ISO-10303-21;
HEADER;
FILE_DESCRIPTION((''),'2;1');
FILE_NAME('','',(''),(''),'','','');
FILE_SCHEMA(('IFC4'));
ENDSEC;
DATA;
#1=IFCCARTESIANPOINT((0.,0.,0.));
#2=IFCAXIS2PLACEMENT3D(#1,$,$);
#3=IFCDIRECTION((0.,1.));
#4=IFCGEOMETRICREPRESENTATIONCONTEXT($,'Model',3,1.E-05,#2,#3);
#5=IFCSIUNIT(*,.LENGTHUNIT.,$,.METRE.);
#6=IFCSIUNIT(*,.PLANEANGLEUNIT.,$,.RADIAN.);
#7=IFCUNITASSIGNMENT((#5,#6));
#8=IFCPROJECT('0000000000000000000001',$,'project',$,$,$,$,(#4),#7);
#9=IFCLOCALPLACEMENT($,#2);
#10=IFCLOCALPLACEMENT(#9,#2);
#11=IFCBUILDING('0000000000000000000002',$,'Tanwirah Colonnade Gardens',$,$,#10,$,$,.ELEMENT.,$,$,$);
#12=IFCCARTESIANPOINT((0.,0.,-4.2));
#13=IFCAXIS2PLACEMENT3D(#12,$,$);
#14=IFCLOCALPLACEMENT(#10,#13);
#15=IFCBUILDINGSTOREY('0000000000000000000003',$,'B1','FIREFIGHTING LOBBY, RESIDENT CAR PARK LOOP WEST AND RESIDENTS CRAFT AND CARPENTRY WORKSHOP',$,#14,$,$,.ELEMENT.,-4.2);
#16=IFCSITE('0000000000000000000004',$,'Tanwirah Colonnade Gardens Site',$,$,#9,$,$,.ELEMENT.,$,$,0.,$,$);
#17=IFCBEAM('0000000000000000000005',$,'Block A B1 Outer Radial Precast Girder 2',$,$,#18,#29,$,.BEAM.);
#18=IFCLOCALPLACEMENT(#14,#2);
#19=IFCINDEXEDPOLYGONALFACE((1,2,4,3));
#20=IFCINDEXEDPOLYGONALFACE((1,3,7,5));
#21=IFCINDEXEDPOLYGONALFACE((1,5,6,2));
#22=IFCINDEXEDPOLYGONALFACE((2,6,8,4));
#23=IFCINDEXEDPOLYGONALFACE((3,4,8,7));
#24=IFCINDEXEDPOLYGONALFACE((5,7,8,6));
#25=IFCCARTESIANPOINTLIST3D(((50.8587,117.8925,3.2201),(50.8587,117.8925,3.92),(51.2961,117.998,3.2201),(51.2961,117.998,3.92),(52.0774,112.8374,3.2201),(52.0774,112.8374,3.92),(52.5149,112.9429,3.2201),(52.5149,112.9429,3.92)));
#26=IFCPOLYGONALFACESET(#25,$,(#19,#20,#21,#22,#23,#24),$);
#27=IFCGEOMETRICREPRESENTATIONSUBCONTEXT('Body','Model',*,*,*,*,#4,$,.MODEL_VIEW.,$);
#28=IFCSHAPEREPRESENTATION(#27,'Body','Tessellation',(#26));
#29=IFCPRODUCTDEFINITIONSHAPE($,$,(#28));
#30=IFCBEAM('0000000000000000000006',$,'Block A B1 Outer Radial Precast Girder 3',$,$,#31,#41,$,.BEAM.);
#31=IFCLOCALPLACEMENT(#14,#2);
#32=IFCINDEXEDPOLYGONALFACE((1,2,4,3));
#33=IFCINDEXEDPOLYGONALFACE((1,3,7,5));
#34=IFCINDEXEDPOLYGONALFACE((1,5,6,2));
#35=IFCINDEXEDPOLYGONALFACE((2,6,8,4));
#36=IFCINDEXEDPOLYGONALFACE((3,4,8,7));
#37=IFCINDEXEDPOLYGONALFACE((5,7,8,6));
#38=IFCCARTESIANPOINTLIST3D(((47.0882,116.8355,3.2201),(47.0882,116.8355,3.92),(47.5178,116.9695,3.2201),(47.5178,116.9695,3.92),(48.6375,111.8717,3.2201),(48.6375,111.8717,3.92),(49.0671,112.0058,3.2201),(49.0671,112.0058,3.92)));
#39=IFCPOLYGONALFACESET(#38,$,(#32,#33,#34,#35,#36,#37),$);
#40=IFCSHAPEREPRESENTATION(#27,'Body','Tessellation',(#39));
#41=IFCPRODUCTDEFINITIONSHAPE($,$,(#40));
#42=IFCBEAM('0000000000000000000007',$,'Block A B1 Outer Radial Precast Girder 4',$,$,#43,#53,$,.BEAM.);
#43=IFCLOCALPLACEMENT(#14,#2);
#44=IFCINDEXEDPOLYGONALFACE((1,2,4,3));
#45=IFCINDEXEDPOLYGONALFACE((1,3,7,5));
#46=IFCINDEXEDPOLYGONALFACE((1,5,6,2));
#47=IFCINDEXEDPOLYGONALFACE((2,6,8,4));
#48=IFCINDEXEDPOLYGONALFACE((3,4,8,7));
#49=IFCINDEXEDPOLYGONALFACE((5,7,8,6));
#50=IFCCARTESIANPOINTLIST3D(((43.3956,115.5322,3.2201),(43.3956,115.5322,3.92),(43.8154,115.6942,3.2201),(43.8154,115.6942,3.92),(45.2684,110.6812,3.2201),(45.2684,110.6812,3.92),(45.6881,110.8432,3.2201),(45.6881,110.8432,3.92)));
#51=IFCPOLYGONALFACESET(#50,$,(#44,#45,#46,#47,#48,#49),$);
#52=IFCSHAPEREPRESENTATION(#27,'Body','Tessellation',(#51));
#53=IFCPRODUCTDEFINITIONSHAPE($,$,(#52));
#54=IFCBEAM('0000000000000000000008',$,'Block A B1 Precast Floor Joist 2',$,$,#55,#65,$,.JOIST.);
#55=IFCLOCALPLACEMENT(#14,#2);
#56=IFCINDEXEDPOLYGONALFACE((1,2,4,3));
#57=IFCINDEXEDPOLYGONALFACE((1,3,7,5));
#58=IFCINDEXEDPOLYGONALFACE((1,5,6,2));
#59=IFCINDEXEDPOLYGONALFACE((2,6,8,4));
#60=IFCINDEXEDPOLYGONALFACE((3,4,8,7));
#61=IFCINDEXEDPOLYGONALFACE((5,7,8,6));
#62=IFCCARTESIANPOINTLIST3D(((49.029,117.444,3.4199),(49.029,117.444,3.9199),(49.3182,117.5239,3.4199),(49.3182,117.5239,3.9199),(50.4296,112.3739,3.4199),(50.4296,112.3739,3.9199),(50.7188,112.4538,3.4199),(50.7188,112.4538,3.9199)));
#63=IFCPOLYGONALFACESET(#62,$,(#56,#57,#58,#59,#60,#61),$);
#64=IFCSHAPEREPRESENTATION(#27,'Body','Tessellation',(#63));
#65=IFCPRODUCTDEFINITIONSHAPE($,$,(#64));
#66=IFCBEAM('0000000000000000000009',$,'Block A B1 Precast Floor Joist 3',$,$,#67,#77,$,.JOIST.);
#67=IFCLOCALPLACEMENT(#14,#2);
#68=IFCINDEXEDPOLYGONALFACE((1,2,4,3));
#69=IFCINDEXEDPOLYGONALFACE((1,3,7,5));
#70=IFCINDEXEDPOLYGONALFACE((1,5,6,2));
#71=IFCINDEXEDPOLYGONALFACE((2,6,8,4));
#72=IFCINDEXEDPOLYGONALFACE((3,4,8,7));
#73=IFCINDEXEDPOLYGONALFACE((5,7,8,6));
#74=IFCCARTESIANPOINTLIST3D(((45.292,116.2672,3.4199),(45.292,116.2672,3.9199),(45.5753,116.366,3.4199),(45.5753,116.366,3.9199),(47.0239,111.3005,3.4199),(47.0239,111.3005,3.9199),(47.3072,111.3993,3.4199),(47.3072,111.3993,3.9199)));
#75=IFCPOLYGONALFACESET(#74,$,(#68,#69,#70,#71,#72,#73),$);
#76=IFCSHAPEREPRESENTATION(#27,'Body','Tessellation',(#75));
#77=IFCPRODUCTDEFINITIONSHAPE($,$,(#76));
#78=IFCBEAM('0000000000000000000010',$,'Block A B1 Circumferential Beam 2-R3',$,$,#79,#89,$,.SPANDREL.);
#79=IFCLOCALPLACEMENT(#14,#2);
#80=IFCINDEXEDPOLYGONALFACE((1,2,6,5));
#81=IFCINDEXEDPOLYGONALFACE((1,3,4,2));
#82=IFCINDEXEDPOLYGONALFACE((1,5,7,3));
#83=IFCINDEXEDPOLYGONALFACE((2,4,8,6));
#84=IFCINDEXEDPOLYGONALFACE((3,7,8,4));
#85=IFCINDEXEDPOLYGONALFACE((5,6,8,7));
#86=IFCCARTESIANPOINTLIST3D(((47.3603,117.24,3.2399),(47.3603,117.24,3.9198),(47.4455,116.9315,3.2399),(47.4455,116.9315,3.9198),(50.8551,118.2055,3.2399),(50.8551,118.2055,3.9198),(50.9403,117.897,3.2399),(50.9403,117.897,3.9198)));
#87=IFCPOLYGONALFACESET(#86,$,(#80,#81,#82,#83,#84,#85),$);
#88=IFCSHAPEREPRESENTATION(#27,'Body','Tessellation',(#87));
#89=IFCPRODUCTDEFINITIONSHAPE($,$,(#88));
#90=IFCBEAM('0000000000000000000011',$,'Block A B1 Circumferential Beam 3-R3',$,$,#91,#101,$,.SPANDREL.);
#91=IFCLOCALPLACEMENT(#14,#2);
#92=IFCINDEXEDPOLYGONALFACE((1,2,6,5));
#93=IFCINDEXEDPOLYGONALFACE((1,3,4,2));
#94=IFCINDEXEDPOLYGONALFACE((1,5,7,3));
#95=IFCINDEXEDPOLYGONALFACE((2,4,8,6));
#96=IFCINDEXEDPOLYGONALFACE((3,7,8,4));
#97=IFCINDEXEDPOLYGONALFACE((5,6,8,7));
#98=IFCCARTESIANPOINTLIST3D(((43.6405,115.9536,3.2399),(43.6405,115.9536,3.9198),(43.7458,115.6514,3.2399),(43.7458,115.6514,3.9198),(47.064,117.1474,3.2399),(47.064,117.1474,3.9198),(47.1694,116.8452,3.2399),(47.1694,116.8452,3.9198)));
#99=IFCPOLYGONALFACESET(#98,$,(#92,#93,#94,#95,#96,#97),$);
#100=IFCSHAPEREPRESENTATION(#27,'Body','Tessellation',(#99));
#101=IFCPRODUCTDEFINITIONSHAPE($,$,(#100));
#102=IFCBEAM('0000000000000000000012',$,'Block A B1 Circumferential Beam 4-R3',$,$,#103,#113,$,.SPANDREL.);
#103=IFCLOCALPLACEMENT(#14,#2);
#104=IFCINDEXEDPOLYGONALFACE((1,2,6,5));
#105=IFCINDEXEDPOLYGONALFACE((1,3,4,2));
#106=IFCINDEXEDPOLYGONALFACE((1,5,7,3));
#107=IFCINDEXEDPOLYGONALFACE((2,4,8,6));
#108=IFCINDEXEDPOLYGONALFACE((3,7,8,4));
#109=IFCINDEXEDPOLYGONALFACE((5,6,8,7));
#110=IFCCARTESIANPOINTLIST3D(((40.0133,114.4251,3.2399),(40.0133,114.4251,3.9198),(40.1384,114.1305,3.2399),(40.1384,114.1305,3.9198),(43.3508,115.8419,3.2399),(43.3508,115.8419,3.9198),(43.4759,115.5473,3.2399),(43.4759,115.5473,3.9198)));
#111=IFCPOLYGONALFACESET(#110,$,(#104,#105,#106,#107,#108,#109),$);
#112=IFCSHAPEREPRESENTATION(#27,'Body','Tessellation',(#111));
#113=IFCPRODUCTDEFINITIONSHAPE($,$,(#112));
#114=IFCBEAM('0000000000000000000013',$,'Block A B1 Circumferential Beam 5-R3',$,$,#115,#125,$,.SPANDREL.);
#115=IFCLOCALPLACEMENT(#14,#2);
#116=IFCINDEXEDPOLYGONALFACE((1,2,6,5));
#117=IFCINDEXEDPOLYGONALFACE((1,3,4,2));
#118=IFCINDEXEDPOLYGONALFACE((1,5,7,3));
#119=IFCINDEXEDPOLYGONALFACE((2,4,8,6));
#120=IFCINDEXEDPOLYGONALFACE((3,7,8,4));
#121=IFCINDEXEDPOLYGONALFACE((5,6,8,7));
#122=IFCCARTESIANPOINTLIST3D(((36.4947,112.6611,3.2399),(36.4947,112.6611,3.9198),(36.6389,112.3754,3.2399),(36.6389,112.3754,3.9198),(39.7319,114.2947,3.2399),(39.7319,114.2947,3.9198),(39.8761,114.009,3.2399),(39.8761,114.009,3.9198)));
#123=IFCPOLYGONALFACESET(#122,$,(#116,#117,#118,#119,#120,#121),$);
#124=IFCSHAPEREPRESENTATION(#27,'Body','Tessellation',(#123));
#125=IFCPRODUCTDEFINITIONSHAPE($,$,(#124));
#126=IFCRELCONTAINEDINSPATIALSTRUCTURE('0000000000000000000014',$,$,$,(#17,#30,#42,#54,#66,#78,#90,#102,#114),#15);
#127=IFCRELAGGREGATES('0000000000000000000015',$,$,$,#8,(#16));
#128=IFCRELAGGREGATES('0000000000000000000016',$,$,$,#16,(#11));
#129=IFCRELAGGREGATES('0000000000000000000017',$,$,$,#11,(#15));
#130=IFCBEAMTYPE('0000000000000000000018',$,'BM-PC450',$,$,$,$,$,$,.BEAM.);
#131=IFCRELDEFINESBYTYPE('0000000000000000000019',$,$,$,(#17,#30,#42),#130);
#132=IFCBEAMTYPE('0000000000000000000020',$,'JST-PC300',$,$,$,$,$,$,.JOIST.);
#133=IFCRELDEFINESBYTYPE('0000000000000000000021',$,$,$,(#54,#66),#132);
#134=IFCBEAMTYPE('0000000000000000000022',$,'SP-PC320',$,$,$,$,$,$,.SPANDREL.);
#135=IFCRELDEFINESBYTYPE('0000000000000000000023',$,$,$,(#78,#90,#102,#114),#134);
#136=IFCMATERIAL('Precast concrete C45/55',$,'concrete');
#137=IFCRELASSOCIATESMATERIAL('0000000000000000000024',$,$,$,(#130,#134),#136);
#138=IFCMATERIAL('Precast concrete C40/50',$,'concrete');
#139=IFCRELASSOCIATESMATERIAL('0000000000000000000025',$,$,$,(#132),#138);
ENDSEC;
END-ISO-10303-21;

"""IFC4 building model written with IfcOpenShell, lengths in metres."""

from ifc_helpers import new_model, si_unit, direction, frame, origin, origin_2d, place, context, subcontext, project, spatial, rectangle, extrude, material, material_profile, profile_set, type_object, element, save


model = new_model("IFC4")

# Units and contexts
model_context = context("Model", 3, precision=1e-05, world=origin(), true_north=direction((0.0, 1.0)))
body_context = subcontext(model_context, "Body", "Model", "MODEL_VIEW")
ifc_project = project(units=[si_unit("LENGTHUNIT", "METRE"), si_unit("PLANEANGLEUNIT", "RADIAN")], contexts=[model_context])

# Site, building, storey
site_placement = place(None, origin())
site = spatial("IfcSite", under=ifc_project, at=site_placement, Name="Tanwirah Colonnade Gardens Site", CompositionType="ELEMENT", RefElevation=0.0)
building_placement = place(site_placement, origin())
building = spatial("IfcBuilding", under=site, at=building_placement, Name="Tanwirah Colonnade Gardens", CompositionType="ELEMENT")
storey_placement = place(building_placement, frame((0.0, 0.0, -4.2)))
storey = spatial("IfcBuildingStorey", under=building, at=storey_placement, Name="B1", Description="FIREFIGHTING LOBBY, RESIDENT CAR PARK LOOP WEST AND RESIDENTS CRAFT AND CARPENTRY WORKSHOP", CompositionType="ELEMENT", Elevation=-4.2)

# Beams
ifc_material_1 = material(Name="Precast concrete C40/50", Category="concrete")
ifc_material_2 = material(Name="Precast concrete C45/55", Category="concrete")
ifc_material_profile_1 = material_profile(ifc_material_2, rectangle(XDim=0.45, YDim=0.7, at=origin_2d()), Name="PC-BM 450x700")
ifc_profile_set_1 = profile_set([ifc_material_profile_1], Name="Precast concrete C45/55")
beam_type_1 = type_object("IfcBeamType", Name="BM-PC450", PredefinedType="BEAM", material=ifc_profile_set_1)
for number, where, z_axis, x_axis, name in (
    (1, (52.2961, 112.8901, 3.5701), (-0.234374, 0.972146, 0.0), (-0.972146, -0.234374, 0.0), "Block A B1 Outer Radial Precast Girder 2"),
    (2, (48.8523, 111.9387, 3.5701), (-0.297943, 0.954584, 0.0), (-0.954584, -0.297943, 0.0), "Block A B1 Outer Radial Precast Girder 3"),
    (3, (45.4783, 110.7622, 3.5701), (-0.360152, 0.932894, 0.0), (-0.932894, -0.360152, 0.0), "Block A B1 Outer Radial Precast Girder 4"),
):
    element("IfcBeam", number, at=place(storey_placement, frame(where, z_axis=z_axis, x_axis=x_axis)), inside=storey, type_object=beam_type_1, Name=name, PredefinedType="BEAM", context=body_context, shape_type="SweptSolid", body=[
        extrude(rectangle(XDim=0.45, YDim=0.7, at=origin_2d()), origin(), (0.0, 0.0, 1.0), 5.2),
    ])
ifc_material_profile_2 = material_profile(ifc_material_1, rectangle(XDim=0.3, YDim=0.5, at=origin_2d()), Name="PC-JST 300x500")
ifc_profile_set_2 = profile_set([ifc_material_profile_2], Name="Precast concrete C40/50")
beam_type_2 = type_object("IfcBeamType", Name="JST-PC300", PredefinedType="JOIST", material=ifc_profile_set_2)
for number, where, z_axis, x_axis, name in (
    (4, (50.5742, 112.4138, 3.6699), (-0.266281, 0.963895, 0.0), (-0.963895, -0.266281, 0.0), "Block A B1 Precast Floor Joist 2"),
    (5, (47.1655, 111.3499, 3.6699), (-0.329259, 0.94424, 0.0), (-0.94424, -0.329259, 0.0), "Block A B1 Precast Floor Joist 3"),
):
    element("IfcBeam", number, at=place(storey_placement, frame(where, z_axis=z_axis, x_axis=x_axis)), inside=storey, type_object=beam_type_2, Name=name, PredefinedType="JOIST", context=body_context, shape_type="SweptSolid", body=[
        extrude(rectangle(XDim=0.3, YDim=0.5, at=origin_2d()), origin(), (0.0, 0.0, 1.0), 5.26),
    ])
ifc_material_profile_3 = material_profile(ifc_material_2, rectangle(XDim=0.3201, YDim=0.6799, at=origin_2d()), Name="PC-SP 320x680")
ifc_profile_set_3 = profile_set([ifc_material_profile_3], Name="Precast concrete C45/55")
beam_type_3 = type_object("IfcBeamType", Name="SP-PC320", PredefinedType="SPANDREL", material=ifc_profile_set_3)
for number, where, z_axis, x_axis, name in (
    (6, (50.8977, 118.0513, 3.5798), (-0.963888, -0.266307, 0.0), (0.266307, -0.963888, 0.0), "Block A B1 Circumferential Beam 2-R3"),
    (7, (47.1167, 116.9963, 3.5798), (-0.944237, -0.329267, 0.0), (0.329267, -0.944237, 0.0), "Block A B1 Circumferential Beam 3-R3"),
    (8, (43.4133, 115.6946, 3.5798), (-0.920494, -0.390756, 0.0), (0.390756, -0.920494, 0.0), "Block A B1 Circumferential Beam 4-R3"),
):
    element("IfcBeam", number, at=place(storey_placement, frame(where, z_axis=z_axis, x_axis=x_axis)), inside=storey, type_object=beam_type_3, Name=name, PredefinedType="SPANDREL", context=body_context, shape_type="SweptSolid", body=[
        extrude(rectangle(XDim=0.3201, YDim=0.6799, at=origin_2d()), origin(), (0.0, 0.0, 1.0), 3.6257),
    ])
beam_1_placement = place(storey_placement, frame((39.804, 114.1519, 3.5798), z_axis=(-0.892765, -0.450523, 0.0), x_axis=(0.450523, -0.892765, 0.0)))
element("IfcBeam", 9, at=beam_1_placement, inside=storey, type_object=beam_type_3, Name="Block A B1 Circumferential Beam 5-R3", PredefinedType="SPANDREL", context=body_context, shape_type="SweptSolid", body=[
    extrude(rectangle(XDim=0.3201, YDim=0.6799, at=origin_2d()), origin(), (0.0, 0.0, 1.0), 3.626),
])

save(model, "model.ifc")
